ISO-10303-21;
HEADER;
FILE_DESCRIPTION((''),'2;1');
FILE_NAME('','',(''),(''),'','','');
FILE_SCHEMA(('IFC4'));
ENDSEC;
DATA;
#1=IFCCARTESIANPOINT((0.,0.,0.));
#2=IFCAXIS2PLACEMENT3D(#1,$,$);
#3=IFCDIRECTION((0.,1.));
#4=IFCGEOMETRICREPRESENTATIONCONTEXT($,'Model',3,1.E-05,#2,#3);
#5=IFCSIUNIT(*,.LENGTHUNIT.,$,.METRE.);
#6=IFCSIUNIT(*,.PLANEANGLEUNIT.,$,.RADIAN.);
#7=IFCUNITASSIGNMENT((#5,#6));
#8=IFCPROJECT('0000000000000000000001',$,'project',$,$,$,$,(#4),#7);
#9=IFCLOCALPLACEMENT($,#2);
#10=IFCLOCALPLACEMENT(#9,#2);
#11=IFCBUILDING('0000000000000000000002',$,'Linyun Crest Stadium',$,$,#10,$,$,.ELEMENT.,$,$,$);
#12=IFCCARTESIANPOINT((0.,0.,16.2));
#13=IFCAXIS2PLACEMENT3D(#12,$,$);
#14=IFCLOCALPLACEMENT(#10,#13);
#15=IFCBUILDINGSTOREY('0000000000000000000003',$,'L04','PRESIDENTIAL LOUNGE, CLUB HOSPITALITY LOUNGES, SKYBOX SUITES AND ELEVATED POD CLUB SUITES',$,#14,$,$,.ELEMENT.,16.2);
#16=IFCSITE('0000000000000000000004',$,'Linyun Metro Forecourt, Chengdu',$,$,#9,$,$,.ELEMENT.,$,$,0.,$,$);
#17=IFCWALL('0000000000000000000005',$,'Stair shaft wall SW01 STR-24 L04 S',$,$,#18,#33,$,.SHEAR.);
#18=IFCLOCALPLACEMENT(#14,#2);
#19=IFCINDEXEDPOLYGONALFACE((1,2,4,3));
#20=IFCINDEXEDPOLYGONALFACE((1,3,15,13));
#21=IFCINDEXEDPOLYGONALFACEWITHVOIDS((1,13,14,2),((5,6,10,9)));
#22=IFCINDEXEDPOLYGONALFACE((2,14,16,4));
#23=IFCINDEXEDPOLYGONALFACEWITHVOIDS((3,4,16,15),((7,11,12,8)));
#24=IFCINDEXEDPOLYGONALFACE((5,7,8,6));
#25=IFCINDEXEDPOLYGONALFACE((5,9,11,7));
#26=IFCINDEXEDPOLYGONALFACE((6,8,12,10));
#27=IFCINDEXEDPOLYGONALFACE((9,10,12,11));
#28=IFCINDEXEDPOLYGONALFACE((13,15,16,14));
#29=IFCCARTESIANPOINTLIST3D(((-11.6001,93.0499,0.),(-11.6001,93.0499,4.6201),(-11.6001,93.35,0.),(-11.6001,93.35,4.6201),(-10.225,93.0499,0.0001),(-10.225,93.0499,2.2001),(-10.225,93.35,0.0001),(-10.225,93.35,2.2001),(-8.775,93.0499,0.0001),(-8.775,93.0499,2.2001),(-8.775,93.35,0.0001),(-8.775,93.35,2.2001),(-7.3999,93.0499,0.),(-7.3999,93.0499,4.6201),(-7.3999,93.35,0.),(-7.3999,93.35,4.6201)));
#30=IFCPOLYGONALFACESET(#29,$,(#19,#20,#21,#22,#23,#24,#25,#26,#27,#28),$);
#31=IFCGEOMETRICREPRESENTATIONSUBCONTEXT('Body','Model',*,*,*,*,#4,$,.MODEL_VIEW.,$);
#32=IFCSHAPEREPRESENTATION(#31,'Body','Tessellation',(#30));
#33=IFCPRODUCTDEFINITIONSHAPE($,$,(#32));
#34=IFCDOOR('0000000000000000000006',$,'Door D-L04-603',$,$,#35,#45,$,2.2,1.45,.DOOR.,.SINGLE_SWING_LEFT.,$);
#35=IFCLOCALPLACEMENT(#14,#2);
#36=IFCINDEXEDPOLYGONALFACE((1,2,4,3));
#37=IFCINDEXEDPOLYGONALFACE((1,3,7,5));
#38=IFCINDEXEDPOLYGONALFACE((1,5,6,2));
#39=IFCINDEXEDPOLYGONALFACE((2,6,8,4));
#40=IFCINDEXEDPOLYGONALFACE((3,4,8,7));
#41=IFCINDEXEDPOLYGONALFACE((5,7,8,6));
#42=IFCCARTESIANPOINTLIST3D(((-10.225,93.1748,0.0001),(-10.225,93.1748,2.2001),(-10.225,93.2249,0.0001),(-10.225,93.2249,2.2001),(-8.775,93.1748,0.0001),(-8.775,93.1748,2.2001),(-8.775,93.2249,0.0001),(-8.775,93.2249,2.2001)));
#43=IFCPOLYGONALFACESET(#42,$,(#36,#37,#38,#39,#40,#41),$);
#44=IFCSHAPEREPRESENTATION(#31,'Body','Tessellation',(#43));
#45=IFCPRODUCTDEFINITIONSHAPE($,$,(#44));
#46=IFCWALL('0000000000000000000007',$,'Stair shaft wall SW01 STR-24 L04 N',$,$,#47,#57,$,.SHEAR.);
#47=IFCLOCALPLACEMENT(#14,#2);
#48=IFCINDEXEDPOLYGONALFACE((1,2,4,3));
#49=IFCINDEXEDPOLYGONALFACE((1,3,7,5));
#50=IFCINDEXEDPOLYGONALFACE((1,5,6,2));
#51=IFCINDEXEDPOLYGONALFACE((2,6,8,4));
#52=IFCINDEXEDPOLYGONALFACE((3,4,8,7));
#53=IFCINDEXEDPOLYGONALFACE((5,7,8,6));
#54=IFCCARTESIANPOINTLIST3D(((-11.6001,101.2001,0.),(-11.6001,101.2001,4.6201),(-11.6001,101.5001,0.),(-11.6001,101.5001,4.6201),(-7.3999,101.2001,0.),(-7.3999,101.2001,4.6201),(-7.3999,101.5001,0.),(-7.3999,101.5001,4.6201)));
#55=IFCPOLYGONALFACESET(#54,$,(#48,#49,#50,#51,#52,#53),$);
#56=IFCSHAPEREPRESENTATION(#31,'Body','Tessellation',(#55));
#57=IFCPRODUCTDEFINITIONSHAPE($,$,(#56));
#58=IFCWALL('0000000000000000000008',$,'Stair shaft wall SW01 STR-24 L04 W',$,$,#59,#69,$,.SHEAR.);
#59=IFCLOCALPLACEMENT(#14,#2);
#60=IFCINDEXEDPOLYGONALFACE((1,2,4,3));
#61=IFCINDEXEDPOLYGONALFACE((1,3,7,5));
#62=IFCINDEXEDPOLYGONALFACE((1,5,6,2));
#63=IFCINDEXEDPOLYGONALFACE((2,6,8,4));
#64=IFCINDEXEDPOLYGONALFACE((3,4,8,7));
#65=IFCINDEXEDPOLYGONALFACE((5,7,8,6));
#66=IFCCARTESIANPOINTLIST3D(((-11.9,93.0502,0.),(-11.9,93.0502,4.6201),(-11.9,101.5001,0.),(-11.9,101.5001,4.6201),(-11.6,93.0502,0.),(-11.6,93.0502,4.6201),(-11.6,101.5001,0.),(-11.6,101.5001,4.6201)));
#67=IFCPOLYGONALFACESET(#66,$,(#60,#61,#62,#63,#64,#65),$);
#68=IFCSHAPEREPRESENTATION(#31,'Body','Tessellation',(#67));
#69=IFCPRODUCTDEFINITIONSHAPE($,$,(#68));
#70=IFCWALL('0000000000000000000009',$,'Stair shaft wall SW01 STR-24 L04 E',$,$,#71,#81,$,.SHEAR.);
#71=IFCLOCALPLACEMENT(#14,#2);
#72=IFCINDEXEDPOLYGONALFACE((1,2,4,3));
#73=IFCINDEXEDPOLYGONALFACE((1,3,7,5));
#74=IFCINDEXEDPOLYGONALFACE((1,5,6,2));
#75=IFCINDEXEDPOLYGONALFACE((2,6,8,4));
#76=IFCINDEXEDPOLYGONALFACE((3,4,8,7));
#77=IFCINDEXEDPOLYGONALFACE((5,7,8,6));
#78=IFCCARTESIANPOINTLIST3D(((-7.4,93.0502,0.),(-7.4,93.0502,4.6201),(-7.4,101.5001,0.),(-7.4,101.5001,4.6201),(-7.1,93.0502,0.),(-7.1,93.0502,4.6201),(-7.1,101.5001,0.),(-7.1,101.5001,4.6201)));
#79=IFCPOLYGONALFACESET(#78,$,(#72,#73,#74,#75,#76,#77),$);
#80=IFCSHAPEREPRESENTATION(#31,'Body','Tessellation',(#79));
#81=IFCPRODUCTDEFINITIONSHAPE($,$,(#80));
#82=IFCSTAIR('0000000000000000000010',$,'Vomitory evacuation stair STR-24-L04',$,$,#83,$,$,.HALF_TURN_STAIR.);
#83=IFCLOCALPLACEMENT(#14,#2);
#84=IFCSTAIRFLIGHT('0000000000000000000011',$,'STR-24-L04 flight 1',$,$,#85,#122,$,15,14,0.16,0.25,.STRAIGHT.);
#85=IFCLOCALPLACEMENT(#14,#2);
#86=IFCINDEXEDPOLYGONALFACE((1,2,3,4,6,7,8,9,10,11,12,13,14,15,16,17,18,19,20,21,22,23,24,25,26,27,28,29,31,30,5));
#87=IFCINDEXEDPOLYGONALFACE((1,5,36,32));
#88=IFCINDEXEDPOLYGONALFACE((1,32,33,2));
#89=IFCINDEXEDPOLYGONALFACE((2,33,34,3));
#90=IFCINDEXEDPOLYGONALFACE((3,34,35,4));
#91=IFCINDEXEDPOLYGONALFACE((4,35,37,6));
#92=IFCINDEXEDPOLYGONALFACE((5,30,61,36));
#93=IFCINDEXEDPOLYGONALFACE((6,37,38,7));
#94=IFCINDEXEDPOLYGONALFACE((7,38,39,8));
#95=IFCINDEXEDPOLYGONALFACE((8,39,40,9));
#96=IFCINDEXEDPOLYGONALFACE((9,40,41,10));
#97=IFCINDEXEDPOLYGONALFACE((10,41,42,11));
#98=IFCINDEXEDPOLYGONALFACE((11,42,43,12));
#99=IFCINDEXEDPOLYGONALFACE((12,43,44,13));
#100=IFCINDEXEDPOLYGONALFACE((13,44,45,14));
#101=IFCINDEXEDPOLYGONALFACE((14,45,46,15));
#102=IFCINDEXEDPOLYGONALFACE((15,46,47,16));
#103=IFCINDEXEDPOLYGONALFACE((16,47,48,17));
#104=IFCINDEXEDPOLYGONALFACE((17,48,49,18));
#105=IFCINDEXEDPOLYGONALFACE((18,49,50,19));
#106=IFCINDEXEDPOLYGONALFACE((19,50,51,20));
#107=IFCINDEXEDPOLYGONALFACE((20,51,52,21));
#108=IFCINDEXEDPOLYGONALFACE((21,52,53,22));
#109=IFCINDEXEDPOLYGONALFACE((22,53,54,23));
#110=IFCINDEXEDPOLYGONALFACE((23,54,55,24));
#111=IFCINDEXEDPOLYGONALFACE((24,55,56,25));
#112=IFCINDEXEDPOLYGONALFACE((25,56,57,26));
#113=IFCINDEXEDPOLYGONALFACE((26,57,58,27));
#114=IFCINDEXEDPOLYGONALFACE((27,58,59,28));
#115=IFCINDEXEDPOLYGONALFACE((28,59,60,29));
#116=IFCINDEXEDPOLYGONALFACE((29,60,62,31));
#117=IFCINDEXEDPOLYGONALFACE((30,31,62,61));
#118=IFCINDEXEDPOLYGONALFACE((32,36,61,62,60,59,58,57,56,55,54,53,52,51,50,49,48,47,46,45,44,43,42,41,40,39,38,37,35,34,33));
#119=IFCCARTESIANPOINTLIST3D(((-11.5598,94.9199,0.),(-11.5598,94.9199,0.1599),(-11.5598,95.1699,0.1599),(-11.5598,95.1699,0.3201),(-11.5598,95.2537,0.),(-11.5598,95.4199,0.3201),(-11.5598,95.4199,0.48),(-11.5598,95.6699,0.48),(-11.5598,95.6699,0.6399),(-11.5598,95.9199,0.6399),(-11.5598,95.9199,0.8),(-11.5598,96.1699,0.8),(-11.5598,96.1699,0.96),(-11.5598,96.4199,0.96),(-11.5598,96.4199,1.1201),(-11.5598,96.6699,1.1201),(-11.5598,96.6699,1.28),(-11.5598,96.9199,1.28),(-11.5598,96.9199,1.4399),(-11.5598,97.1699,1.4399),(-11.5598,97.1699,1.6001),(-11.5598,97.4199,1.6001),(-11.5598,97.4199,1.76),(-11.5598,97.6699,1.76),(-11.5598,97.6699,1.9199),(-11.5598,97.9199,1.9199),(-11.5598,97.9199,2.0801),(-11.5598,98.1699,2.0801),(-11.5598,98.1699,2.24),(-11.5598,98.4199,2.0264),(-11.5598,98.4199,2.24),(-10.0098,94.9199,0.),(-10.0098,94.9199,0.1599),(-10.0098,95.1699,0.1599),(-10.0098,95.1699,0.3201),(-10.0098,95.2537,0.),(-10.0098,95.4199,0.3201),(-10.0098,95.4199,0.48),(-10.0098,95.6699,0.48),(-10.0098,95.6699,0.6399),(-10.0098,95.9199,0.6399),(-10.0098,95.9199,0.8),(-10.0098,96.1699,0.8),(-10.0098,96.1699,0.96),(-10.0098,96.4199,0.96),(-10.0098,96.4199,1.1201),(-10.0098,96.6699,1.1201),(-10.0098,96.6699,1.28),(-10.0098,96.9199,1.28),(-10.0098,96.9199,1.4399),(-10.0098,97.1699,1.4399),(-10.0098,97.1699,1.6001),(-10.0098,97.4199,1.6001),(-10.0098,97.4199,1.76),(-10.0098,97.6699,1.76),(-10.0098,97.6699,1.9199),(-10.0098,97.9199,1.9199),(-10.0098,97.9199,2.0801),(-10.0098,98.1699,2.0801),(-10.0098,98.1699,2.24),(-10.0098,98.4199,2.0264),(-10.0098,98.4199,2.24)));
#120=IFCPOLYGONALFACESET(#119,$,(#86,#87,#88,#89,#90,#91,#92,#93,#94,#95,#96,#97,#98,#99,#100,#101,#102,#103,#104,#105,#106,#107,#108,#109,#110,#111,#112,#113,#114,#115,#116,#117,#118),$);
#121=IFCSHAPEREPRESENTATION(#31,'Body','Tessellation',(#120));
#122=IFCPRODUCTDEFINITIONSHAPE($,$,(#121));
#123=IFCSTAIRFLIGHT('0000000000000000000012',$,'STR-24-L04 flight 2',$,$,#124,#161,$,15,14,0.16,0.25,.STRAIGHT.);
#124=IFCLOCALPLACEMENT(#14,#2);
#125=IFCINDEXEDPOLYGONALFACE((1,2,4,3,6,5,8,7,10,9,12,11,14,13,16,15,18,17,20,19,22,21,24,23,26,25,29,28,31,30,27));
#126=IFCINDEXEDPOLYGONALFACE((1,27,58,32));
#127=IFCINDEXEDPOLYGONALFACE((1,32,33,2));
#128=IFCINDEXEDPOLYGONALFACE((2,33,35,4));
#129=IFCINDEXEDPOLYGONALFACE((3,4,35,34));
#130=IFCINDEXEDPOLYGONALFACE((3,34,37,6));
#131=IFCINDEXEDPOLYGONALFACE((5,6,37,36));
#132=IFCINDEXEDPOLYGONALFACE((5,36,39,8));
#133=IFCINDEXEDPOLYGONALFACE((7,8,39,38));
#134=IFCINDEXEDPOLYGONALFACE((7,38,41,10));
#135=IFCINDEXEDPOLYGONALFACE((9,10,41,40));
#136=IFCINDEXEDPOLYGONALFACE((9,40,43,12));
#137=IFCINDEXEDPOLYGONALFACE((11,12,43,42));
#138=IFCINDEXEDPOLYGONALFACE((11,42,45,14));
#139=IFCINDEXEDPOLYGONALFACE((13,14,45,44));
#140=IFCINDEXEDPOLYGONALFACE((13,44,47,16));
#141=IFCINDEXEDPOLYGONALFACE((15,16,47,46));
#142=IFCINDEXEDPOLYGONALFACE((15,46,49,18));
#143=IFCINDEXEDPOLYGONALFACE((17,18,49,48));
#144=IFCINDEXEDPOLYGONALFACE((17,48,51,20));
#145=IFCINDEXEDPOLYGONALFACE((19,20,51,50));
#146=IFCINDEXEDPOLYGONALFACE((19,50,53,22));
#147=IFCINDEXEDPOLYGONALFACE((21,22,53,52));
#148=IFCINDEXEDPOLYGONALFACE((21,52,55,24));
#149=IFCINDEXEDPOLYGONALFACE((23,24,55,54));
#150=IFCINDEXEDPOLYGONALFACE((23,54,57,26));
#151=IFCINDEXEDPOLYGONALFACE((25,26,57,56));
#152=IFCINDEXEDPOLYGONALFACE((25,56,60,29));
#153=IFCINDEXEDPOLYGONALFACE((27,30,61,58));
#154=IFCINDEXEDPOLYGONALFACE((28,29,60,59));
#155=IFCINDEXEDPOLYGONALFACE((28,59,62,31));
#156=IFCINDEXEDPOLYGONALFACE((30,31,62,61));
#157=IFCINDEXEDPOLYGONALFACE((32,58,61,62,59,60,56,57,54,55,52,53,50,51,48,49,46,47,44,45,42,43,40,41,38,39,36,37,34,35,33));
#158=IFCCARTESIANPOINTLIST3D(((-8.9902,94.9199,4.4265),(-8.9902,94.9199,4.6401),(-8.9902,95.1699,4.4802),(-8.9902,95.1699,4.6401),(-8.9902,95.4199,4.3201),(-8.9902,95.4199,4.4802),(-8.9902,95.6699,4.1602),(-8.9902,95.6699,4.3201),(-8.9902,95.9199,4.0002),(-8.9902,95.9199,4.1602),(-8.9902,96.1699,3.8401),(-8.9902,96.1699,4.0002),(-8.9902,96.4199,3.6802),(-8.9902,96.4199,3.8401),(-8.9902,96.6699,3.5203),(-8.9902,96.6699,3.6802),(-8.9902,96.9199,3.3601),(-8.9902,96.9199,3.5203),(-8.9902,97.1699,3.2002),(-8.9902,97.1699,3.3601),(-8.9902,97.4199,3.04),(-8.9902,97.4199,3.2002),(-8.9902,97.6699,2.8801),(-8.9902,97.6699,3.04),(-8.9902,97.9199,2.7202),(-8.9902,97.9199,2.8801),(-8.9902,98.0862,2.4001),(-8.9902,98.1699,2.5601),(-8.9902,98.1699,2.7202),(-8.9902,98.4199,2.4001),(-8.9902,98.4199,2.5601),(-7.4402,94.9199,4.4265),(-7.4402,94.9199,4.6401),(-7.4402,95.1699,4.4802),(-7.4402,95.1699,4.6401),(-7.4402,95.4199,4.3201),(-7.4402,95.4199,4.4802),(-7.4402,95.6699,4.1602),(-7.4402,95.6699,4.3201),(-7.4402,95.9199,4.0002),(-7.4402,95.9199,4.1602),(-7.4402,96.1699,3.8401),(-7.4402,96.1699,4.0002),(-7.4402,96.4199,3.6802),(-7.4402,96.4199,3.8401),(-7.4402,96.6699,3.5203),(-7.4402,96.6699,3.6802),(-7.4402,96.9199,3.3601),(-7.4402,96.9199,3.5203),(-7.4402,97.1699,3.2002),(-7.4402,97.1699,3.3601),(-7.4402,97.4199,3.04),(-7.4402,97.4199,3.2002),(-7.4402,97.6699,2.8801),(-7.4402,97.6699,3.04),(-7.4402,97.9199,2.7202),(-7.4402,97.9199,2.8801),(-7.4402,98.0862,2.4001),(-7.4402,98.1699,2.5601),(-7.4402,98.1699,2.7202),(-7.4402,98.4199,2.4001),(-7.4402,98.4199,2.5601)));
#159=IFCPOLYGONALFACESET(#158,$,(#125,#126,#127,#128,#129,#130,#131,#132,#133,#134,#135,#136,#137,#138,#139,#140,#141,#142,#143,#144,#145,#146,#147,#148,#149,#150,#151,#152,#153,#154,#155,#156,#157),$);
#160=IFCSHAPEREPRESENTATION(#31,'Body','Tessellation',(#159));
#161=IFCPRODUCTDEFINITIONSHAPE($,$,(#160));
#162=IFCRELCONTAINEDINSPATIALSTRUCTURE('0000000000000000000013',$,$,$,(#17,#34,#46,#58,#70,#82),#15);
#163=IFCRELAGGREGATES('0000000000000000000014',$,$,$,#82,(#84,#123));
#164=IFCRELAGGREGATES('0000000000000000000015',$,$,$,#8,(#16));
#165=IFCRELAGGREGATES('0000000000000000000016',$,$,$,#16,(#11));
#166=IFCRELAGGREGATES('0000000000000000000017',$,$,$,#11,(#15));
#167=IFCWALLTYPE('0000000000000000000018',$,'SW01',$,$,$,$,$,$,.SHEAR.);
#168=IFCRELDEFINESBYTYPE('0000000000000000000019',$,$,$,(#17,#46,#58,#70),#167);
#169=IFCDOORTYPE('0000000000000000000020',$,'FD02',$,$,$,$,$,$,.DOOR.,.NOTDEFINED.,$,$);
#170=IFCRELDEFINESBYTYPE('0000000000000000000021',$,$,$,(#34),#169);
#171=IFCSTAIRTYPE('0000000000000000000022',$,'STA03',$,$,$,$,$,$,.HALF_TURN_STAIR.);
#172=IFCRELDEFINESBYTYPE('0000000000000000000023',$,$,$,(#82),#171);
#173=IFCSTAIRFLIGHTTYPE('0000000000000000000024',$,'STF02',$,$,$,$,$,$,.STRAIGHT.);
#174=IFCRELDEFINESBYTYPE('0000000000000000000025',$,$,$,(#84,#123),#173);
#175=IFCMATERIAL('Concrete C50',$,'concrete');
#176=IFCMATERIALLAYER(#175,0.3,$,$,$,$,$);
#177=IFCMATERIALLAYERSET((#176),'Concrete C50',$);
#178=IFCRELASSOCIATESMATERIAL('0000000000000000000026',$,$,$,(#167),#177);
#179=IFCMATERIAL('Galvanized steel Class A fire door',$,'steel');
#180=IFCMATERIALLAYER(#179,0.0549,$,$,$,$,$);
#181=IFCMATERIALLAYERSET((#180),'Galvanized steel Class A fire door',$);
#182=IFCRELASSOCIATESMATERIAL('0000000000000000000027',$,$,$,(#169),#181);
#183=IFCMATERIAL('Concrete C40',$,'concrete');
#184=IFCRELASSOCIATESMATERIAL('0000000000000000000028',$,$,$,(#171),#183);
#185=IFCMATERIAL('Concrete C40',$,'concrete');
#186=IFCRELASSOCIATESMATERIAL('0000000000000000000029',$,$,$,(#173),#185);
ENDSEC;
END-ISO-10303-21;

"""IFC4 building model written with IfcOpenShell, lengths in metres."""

from ifc_helpers import new_model, si_unit, direction, frame, frame_2d, origin, place, context, subcontext, project, spatial, polyline, rectangle, outline, extrude, material, layer, layer_set, type_object, element, fill, aggregate, save


model = new_model("IFC4")

# Units and contexts
model_context = context("Model", 3, precision=1e-05, world=origin(), true_north=direction((0.0, 1.0)))
body_context = subcontext(model_context, "Body", "Model", "MODEL_VIEW")
ifc_project = project(units=[si_unit("LENGTHUNIT", "METRE"), si_unit("PLANEANGLEUNIT", "RADIAN")], contexts=[model_context])

# Site, building, storey
site_placement = place(None, origin())
site = spatial("IfcSite", under=ifc_project, at=site_placement, Name="Linyun Metro Forecourt, Chengdu", CompositionType="ELEMENT", RefElevation=0.0)
building_placement = place(site_placement, origin())
building = spatial("IfcBuilding", under=site, at=building_placement, Name="Linyun Crest Stadium", CompositionType="ELEMENT")
storey_placement = place(building_placement, frame((0.0, 0.0, 16.2)))
storey = spatial("IfcBuildingStorey", under=building, at=storey_placement, Name="L04", Description="PRESIDENTIAL LOUNGE, CLUB HOSPITALITY LOUNGES, SKYBOX SUITES AND ELEVATED POD CLUB SUITES", CompositionType="ELEMENT", Elevation=16.2)

# Wall, opening, door
ifc_material_1 = material(Name="Concrete C50", Category="concrete")
ifc_layer_1 = layer(ifc_material_1, 0.3)
ifc_layer_set_1 = layer_set([ifc_layer_1], Name="Concrete C50")
wall_type_1 = type_object("IfcWallType", Name="SW01", PredefinedType="SHEAR", material=ifc_layer_set_1)
wall_1_placement = place(storey_placement, frame((-11.6001, 93.2, 0.0), z_axis=(0.0, 0.0, 1.0), x_axis=(1.0, 0.0, 0.0)))
wall_1 = element("IfcWall", 1, at=wall_1_placement, inside=storey, type_object=wall_type_1, Name="Stair shaft wall SW01 STR-24 L04 S", PredefinedType="SHEAR", context=body_context, shape_type="SweptSolid", body=[
    extrude(rectangle(XDim=4.2002, YDim=0.3, at=frame_2d((2.1001, 0.0))), origin(), (0.0, 0.0, 1.0), 4.6201),
])
opening_placement = place(wall_1_placement, frame((1.375, 0.0, 0.0)))
opening = element("IfcOpeningElement", 2, at=opening_placement, cuts=wall_1, PredefinedType="OPENING", context=body_context, shape_type="SweptSolid", body=[
    extrude(rectangle(XDim=1.45, YDim=2.2, at=frame_2d((0.7251, 1.1001))), frame((0.0, 0.1599, 0.0), z_axis=(0.0, -1.0, 0.0), x_axis=(1.0, 0.0, 0.0)), (0.0, 0.0, 1.0), 0.3201),
])
ifc_material_2 = material(Name="Galvanized steel Class A fire door", Category="steel")
ifc_layer_2 = layer(ifc_material_2, 0.0549)
ifc_layer_set_2 = layer_set([ifc_layer_2], Name="Galvanized steel Class A fire door")
door_type = type_object("IfcDoorType", Name="FD02", OperationType="NOTDEFINED", PredefinedType="DOOR", material=ifc_layer_set_2)
door_placement = place(opening_placement, origin())
door = element("IfcDoor", 3, at=door_placement, inside=storey, type_object=door_type, Name="Door D-L04-603", OperationType="SINGLE_SWING_LEFT", OverallHeight=2.2, OverallWidth=1.45, PredefinedType="DOOR", context=body_context, shape_type="SweptSolid", body=[
    extrude(rectangle(XDim=1.45, YDim=2.2, at=frame_2d((0.7251, 1.1001))), frame((0.0, 0.0249, 0.0), z_axis=(0.0, -1.0, 0.0), x_axis=(1.0, 0.0, 0.0)), (0.0, 0.0, 1.0), 0.05),
])
fill(opening, door)

# Walls
wall_2_placement = place(storey_placement, frame((-11.6001, 101.3501, 0.0), z_axis=(0.0, 0.0, 1.0), x_axis=(1.0, 0.0, 0.0)))
element("IfcWall", 4, at=wall_2_placement, inside=storey, type_object=wall_type_1, Name="Stair shaft wall SW01 STR-24 L04 N", PredefinedType="SHEAR", context=body_context, shape_type="SweptSolid", body=[
    extrude(rectangle(XDim=4.2002, YDim=0.3, at=frame_2d((2.1001, 0.0))), origin(), (0.0, 0.0, 1.0), 4.6201),
])
for number, where, z_axis, x_axis, name in (
    (5, (-11.75, 93.05, 0.0), (0.0, 0.0, 1.0), (0.0, 1.0, 0.0), "Stair shaft wall SW01 STR-24 L04 W"),
    (6, (-7.25, 93.05, 0.0), (0.0, 0.0, 1.0), (0.0, 1.0, 0.0), "Stair shaft wall SW01 STR-24 L04 E"),
):
    element("IfcWall", number, at=place(storey_placement, frame(where, z_axis=z_axis, x_axis=x_axis)), inside=storey, type_object=wall_type_1, Name=name, PredefinedType="SHEAR", context=body_context, shape_type="SweptSolid", body=[
        extrude(rectangle(XDim=8.45, YDim=0.3, at=frame_2d((4.2251, 0.0))), origin(), (0.0, 0.0, 1.0), 4.6201),
    ])

# Stair, stair flights
ifc_material_3 = material(Name="Concrete C40", Category="concrete")
stair_type = type_object("IfcStairType", Name="STA03", PredefinedType="HALF_TURN_STAIR", material=ifc_material_3)
stair_placement = place(storey_placement, origin())
stair = element("IfcStair", 7, at=stair_placement, inside=storey, type_object=stair_type, Name="Vomitory evacuation stair STR-24-L04", PredefinedType="HALF_TURN_STAIR")
ifc_material_4 = material(Name="Concrete C40", Category="concrete")
stair_flight_type = type_object("IfcStairFlightType", Name="STF02", PredefinedType="STRAIGHT", material=ifc_material_4)
stair_flight_1_placement = place(storey_placement, frame((-10.7849, 94.9199, 0.0), z_axis=(0.0, 0.0, 1.0), x_axis=(0.0, 1.0, 0.0)))
stair_flight_1 = element("IfcStairFlight", 8, at=stair_flight_1_placement, type_object=stair_flight_type, Name="STR-24-L04 flight 1", NumberOfRisers=15, NumberOfTreads=14, PredefinedType="STRAIGHT", RiserHeight=0.16, TreadLength=0.25, context=body_context, shape_type="SweptSolid", body=[
    extrude(outline(polyline([(0.0, 0.0), (0.0, 0.1599), (0.25, 0.1599), (0.25, 0.3201), (0.5, 0.3201), (0.5, 0.48), (0.75, 0.48), (0.75, 0.6399), (1.0, 0.6399), (1.0, 0.8), (1.25, 0.8), (1.25, 0.96), (1.5, 0.96), (1.5, 1.1201), (1.75, 1.1201), (1.75, 1.28), (2.0, 1.28), (2.0, 1.4399), (2.25, 1.4399), (2.25, 1.6001), (2.5, 1.6001), (2.5, 1.76), (2.75, 1.76), (2.75, 1.9199), (3.0, 1.9199), (3.0, 2.0801), (3.25, 2.0801), (3.25, 2.24), (3.5, 2.24), (3.5, 2.3999), (3.5, 2.0264), (0.3337, 0.0), (0.0, 0.0)])), frame((0.0, 0.7749, 0.0), z_axis=(0.0, -1.0, 0.0), x_axis=(1.0, 0.0, 0.0)), (0.0, 0.0, 1.0), 1.55),
])
stair_flight_2_placement = place(storey_placement, frame((-8.2151, 98.4199, 2.4001), z_axis=(0.0, 0.0, 1.0), x_axis=(0.0, -1.0, 0.0)))
stair_flight_2 = element("IfcStairFlight", 9, at=stair_flight_2_placement, type_object=stair_flight_type, Name="STR-24-L04 flight 2", NumberOfRisers=15, NumberOfTreads=14, PredefinedType="STRAIGHT", RiserHeight=0.16, TreadLength=0.25, context=body_context, shape_type="SweptSolid", body=[
    extrude(outline(polyline([(0.0, 0.0), (0.0, 0.1599), (0.25, 0.1599), (0.25, 0.3201), (0.5, 0.3201), (0.5, 0.48), (0.75, 0.48), (0.75, 0.6399), (1.0, 0.6399), (1.0, 0.8), (1.25, 0.8), (1.25, 0.96), (1.5, 0.96), (1.5, 1.1201), (1.75, 1.1201), (1.75, 1.28), (2.0, 1.28), (2.0, 1.4399), (2.25, 1.4399), (2.25, 1.6001), (2.5, 1.6001), (2.5, 1.76), (2.75, 1.76), (2.75, 1.9199), (3.0, 1.9199), (3.0, 2.0801), (3.25, 2.0801), (3.25, 2.24), (3.5, 2.24), (3.5, 2.3999), (3.5, 2.0264), (0.3337, 0.0), (0.0, 0.0)])), frame((0.0, 0.7749, 0.0), z_axis=(0.0, -1.0, 0.0), x_axis=(1.0, 0.0, 0.0)), (0.0, 0.0, 1.0), 1.55),
])
aggregate(stair, [stair_flight_1, stair_flight_2])

save(model, "model.ifc")
